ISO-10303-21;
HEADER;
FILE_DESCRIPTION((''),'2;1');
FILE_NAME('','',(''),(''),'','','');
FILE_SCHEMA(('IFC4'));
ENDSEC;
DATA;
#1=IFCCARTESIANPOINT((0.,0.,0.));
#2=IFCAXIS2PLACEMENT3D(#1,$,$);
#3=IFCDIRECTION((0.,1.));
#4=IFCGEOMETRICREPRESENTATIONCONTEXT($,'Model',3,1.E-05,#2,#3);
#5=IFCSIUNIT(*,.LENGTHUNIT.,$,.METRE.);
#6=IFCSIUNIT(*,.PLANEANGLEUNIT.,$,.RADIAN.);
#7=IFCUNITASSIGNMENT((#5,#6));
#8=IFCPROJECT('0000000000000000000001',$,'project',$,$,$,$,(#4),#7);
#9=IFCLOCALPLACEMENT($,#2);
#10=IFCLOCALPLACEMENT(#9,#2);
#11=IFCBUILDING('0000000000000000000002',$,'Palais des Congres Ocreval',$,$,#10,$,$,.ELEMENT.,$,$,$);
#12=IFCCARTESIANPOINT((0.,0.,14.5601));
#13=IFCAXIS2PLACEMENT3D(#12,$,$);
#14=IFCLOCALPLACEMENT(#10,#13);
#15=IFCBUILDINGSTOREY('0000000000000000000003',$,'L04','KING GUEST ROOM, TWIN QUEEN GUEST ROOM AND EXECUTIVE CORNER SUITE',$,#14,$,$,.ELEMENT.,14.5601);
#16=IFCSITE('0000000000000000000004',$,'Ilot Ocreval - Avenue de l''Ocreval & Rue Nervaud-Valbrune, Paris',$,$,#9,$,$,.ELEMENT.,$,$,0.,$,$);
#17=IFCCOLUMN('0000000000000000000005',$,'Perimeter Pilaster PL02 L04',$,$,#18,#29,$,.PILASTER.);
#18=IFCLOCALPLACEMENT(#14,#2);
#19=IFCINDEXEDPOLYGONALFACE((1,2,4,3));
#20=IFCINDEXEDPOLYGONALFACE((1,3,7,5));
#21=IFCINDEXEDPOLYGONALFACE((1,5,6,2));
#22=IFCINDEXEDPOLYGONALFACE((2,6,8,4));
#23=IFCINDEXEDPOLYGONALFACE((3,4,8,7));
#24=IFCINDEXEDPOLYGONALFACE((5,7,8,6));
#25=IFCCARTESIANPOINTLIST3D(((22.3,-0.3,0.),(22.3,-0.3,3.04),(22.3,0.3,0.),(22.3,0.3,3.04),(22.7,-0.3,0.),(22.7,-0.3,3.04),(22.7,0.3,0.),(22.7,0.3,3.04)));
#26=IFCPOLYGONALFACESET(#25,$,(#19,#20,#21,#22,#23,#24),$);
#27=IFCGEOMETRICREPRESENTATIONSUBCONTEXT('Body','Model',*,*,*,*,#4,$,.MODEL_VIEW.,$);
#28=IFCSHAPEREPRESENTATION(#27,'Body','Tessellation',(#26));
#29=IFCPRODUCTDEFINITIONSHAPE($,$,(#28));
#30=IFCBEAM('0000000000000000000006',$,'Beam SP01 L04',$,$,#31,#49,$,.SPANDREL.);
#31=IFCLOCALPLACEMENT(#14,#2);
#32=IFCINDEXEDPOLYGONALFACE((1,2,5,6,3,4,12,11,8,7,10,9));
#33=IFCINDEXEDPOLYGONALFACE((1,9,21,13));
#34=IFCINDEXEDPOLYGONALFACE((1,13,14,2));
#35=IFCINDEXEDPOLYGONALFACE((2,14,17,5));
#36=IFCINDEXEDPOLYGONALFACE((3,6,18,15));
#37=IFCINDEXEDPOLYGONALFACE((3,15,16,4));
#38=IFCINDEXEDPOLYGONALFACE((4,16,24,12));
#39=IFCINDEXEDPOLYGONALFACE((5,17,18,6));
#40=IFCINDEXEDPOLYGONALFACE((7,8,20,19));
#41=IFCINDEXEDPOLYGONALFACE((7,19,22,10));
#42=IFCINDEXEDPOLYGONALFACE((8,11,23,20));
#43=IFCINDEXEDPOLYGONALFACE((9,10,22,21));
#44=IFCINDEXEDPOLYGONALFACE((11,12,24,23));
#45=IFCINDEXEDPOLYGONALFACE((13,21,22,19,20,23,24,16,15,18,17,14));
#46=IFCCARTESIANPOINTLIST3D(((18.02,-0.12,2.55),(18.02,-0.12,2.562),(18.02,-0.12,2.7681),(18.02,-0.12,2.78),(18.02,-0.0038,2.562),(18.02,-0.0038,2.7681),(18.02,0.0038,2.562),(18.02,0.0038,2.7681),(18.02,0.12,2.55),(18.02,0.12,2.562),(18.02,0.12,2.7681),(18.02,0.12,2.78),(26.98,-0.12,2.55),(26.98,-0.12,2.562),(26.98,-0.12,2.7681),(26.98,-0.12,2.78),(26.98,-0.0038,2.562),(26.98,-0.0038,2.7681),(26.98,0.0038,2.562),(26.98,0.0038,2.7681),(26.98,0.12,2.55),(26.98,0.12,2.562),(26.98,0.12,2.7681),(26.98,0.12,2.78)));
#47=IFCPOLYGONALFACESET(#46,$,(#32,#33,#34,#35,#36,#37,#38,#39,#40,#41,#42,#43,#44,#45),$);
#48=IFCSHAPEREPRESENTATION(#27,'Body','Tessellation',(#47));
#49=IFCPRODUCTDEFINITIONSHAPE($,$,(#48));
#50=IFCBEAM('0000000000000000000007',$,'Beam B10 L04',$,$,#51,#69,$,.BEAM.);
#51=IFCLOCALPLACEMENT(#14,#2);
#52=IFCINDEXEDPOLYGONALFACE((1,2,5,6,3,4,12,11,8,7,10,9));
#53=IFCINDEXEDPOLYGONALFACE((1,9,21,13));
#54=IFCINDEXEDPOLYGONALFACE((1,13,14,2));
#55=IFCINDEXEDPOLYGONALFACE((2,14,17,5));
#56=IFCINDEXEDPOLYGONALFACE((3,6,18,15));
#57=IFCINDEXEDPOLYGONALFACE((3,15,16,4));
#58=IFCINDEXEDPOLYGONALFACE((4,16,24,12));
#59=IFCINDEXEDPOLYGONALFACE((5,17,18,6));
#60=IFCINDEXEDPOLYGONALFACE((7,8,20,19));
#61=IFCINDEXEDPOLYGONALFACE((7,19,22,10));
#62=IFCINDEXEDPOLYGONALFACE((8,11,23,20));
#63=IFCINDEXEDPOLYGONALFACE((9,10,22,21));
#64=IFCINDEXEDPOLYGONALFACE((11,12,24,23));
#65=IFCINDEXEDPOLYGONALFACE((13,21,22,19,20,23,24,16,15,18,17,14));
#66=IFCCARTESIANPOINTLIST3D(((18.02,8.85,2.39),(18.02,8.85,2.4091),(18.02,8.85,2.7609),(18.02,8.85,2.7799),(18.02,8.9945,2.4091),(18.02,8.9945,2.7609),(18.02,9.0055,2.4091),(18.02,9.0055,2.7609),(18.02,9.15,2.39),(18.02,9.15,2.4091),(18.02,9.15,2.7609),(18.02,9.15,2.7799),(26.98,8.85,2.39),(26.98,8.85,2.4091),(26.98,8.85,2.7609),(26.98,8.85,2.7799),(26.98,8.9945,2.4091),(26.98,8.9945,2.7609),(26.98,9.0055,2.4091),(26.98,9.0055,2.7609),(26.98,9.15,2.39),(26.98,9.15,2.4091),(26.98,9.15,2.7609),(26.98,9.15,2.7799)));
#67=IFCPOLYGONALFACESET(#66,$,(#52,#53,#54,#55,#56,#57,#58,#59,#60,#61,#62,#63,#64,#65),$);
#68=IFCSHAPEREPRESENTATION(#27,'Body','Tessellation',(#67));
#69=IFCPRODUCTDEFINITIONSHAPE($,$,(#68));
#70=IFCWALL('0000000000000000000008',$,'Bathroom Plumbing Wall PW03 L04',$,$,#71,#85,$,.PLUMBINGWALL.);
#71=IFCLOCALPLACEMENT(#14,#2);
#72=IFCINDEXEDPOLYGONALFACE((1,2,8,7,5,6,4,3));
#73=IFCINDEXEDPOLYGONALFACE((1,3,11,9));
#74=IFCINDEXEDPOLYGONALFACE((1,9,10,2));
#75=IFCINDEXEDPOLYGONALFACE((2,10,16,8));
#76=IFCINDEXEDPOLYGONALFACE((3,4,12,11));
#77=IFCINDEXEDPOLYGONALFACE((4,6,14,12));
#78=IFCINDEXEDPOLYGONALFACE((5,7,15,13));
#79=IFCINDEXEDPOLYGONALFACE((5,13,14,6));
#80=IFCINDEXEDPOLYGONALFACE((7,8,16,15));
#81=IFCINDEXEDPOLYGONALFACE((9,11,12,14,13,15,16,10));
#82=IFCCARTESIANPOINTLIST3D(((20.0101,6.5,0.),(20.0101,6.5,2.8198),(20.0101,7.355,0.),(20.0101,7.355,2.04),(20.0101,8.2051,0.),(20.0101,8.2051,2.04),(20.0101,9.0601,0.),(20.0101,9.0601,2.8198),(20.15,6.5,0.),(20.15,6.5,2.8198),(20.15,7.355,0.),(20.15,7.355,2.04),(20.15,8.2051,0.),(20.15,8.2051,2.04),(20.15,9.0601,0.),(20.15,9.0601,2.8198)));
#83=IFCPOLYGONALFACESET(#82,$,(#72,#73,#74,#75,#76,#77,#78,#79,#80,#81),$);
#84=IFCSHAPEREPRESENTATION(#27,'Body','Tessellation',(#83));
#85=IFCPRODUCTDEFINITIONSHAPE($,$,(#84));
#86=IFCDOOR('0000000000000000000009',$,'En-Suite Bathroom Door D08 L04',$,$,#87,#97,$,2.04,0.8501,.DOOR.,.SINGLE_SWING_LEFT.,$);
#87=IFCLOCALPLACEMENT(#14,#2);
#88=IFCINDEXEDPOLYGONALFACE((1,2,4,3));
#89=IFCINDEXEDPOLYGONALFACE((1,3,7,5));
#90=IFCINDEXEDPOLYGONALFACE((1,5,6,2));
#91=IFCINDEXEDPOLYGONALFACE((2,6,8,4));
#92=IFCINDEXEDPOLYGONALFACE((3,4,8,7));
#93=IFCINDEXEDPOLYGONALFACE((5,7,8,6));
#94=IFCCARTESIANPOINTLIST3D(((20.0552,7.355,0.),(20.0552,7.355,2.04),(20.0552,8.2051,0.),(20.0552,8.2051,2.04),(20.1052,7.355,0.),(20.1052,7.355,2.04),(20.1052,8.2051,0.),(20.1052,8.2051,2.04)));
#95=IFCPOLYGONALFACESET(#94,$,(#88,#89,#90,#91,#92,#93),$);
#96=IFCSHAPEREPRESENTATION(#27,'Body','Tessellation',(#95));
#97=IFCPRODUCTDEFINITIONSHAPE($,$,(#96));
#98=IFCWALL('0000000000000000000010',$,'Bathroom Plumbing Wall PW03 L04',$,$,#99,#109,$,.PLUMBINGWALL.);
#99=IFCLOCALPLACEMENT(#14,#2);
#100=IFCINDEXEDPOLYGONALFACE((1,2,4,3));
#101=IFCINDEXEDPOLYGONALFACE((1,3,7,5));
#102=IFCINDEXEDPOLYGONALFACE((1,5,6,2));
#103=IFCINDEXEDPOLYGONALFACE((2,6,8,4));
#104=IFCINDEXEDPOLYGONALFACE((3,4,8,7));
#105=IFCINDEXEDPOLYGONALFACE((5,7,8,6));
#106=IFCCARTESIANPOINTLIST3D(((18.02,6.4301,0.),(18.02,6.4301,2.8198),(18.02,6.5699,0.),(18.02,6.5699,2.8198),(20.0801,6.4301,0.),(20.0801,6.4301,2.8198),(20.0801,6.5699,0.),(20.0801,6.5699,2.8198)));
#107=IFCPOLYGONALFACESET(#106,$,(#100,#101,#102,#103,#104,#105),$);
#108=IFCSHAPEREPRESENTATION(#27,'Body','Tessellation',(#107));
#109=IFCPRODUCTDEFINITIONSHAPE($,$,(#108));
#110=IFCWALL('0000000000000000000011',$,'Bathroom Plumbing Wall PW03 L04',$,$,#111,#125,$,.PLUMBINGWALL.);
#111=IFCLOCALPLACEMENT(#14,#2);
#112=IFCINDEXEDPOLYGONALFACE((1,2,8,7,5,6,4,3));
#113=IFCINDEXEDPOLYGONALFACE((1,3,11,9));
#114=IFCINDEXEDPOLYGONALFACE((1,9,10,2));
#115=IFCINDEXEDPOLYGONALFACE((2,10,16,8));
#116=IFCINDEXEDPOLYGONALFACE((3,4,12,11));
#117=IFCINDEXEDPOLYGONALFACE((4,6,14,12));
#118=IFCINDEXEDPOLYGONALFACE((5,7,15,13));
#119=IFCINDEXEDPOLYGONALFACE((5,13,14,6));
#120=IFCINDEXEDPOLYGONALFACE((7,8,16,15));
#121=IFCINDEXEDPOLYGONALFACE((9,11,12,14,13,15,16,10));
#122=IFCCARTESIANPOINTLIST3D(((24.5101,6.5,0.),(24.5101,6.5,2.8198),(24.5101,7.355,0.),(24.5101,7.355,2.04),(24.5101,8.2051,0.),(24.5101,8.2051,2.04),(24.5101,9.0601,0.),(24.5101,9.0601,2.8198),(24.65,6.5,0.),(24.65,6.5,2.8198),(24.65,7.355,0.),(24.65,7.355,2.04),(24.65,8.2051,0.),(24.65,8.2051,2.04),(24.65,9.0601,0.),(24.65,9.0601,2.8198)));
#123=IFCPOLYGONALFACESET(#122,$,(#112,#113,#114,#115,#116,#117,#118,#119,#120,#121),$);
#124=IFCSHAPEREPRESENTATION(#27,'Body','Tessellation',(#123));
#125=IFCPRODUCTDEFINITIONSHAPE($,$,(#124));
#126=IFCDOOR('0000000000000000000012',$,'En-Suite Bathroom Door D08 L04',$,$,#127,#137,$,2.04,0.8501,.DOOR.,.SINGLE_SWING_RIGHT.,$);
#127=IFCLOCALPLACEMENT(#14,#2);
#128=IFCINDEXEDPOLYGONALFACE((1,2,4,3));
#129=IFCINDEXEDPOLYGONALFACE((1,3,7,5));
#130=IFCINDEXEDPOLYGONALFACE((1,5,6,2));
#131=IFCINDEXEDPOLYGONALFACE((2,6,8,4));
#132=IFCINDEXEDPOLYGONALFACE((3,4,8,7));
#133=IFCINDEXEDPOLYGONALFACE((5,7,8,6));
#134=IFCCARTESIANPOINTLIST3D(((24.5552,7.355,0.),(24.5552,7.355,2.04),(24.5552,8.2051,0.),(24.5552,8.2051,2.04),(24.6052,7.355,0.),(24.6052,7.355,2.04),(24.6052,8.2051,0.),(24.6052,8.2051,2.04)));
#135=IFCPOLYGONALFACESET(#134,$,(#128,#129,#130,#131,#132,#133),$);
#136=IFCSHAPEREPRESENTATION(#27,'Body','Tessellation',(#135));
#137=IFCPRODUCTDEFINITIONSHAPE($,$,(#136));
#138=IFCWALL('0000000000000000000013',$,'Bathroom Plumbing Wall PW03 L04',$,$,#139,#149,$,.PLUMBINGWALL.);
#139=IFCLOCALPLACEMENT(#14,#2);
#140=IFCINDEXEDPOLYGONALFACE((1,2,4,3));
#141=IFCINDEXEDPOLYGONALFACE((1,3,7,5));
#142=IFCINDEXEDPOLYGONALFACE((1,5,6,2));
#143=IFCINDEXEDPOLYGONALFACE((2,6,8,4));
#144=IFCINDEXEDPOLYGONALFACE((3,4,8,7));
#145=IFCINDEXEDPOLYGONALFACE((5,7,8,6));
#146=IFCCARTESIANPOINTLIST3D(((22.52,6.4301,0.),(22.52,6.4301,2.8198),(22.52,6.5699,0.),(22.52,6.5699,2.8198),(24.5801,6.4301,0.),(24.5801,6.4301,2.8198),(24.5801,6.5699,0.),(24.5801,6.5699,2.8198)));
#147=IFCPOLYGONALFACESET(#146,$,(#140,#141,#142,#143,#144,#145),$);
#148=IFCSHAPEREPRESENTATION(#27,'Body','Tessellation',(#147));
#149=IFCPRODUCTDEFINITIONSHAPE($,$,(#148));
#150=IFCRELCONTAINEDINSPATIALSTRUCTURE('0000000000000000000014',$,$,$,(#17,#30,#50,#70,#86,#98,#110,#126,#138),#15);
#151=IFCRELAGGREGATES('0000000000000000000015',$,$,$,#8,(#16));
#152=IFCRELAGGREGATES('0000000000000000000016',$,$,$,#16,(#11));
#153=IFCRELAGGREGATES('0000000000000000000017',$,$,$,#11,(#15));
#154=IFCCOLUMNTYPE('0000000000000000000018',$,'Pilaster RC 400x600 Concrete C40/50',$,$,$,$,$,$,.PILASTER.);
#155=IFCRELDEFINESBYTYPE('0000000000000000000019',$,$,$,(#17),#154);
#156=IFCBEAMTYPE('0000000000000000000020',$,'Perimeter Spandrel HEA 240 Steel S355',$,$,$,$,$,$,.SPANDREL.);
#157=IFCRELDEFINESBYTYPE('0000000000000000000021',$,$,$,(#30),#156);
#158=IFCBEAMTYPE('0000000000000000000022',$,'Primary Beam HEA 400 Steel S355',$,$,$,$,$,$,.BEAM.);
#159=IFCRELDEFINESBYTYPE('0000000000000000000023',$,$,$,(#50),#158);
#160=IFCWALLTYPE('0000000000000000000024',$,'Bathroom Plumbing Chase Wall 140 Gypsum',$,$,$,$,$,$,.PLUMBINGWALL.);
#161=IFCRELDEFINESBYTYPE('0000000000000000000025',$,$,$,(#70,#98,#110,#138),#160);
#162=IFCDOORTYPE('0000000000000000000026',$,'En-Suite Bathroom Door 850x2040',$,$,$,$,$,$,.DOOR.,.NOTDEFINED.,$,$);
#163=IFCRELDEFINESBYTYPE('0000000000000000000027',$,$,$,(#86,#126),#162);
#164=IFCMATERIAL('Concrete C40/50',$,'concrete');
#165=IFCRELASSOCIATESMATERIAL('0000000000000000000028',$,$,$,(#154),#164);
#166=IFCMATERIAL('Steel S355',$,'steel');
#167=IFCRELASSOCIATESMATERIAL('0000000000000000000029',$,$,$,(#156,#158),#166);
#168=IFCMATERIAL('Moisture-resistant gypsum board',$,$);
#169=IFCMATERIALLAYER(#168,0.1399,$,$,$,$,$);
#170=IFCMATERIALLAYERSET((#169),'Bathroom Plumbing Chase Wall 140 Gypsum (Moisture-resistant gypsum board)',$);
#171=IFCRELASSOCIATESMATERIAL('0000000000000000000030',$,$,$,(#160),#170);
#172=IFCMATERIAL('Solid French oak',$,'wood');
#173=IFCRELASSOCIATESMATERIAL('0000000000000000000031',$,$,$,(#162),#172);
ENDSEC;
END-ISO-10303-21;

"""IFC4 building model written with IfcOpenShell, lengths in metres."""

from ifc_helpers import new_model, si_unit, direction, frame, frame_2d, origin, origin_2d, place, context, subcontext, project, spatial, rectangle, i_section, extrude, material, layer, layer_set, material_profile, profile_set, type_object, element, fill, save


model = new_model("IFC4")

# Units and contexts
model_context = context("Model", 3, precision=1e-05, world=origin(), true_north=direction((0.0, 1.0)))
body_context = subcontext(model_context, "Body", "Model", "MODEL_VIEW")
ifc_project = project(units=[si_unit("LENGTHUNIT", "METRE"), si_unit("PLANEANGLEUNIT", "RADIAN")], contexts=[model_context])

# Site, building, storey
site_placement = place(None, origin())
site = spatial("IfcSite", under=ifc_project, at=site_placement, Name="Ilot Ocreval - Avenue de l'Ocreval & Rue Nervaud-Valbrune, Paris", CompositionType="ELEMENT", RefElevation=0.0)
building_placement = place(site_placement, origin())
building = spatial("IfcBuilding", under=site, at=building_placement, Name="Palais des Congres Ocreval", CompositionType="ELEMENT")
storey_placement = place(building_placement, frame((0.0, 0.0, 14.5601)))
storey = spatial("IfcBuildingStorey", under=building, at=storey_placement, Name="L04", Description="KING GUEST ROOM, TWIN QUEEN GUEST ROOM AND EXECUTIVE CORNER SUITE", CompositionType="ELEMENT", Elevation=14.5601)

# Column
ifc_material_1 = material(Name="Concrete C40/50", Category="concrete")
ifc_material_profile_1 = material_profile(ifc_material_1, rectangle(XDim=0.3999, YDim=0.6001, at=origin_2d()), Name="RC 400x600")
ifc_profile_set_1 = profile_set([ifc_material_profile_1], Name="Concrete C40/50")
column_type = type_object("IfcColumnType", Name="Pilaster RC 400x600 Concrete C40/50", PredefinedType="PILASTER", material=ifc_profile_set_1)
column_placement = place(storey_placement, frame((22.5, 0.0, 0.0), z_axis=(0.0, 0.0, 1.0), x_axis=(1.0, 0.0, 0.0)))
element("IfcColumn", 1, at=column_placement, inside=storey, type_object=column_type, Name="Perimeter Pilaster PL02 L04", PredefinedType="PILASTER", context=body_context, shape_type="SweptSolid", body=[
    extrude(rectangle(XDim=0.3999, YDim=0.6001, at=origin_2d()), origin(), (0.0, 0.0, 1.0), 3.04),
])

# Beams
ifc_material_2 = material(Name="Steel S355", Category="steel")
ifc_material_profile_2 = material_profile(ifc_material_2, i_section(OverallWidth=0.24, OverallDepth=0.23, WebThickness=0.0076, FlangeThickness=0.012, at=origin_2d()), Name="HEA 240")
ifc_profile_set_2 = profile_set([ifc_material_profile_2], Name="Steel S355")
beam_type_1 = type_object("IfcBeamType", Name="Perimeter Spandrel HEA 240 Steel S355", PredefinedType="SPANDREL", material=ifc_profile_set_2)
beam_1_placement = place(storey_placement, frame((18.02, 0.0, 2.665), z_axis=(1.0, 0.0, 0.0), x_axis=(0.0, 1.0, 0.0)))
element("IfcBeam", 2, at=beam_1_placement, inside=storey, type_object=beam_type_1, Name="Beam SP01 L04", PredefinedType="SPANDREL", context=body_context, shape_type="SweptSolid", body=[
    extrude(i_section(OverallWidth=0.24, OverallDepth=0.23, WebThickness=0.0076, FlangeThickness=0.012, at=origin_2d()), origin(), (0.0, 0.0, 1.0), 8.96),
])
ifc_material_profile_3 = material_profile(ifc_material_2, i_section(OverallWidth=0.3, OverallDepth=0.3899, WebThickness=0.011, FlangeThickness=0.019, at=origin_2d()), Name="HEA 400")
ifc_profile_set_3 = profile_set([ifc_material_profile_3], Name="Steel S355")
beam_type_2 = type_object("IfcBeamType", Name="Primary Beam HEA 400 Steel S355", PredefinedType="BEAM", material=ifc_profile_set_3)
beam_2_placement = place(storey_placement, frame((18.02, 9.0, 2.585), z_axis=(1.0, 0.0, 0.0), x_axis=(0.0, 1.0, 0.0)))
element("IfcBeam", 3, at=beam_2_placement, inside=storey, type_object=beam_type_2, Name="Beam B10 L04", PredefinedType="BEAM", context=body_context, shape_type="SweptSolid", body=[
    extrude(i_section(OverallWidth=0.3, OverallDepth=0.3899, WebThickness=0.011, FlangeThickness=0.019, at=origin_2d()), origin(), (0.0, 0.0, 1.0), 8.96),
])

# Wall, opening, door
ifc_material_3 = material(Name="Moisture-resistant gypsum board")
ifc_layer_1 = layer(ifc_material_3, 0.1399)
ifc_layer_set_1 = layer_set([ifc_layer_1], Name="Bathroom Plumbing Chase Wall 140 Gypsum (Moisture-resistant gypsum board)")
wall_type_1 = type_object("IfcWallType", Name="Bathroom Plumbing Chase Wall 140 Gypsum", PredefinedType="PLUMBINGWALL", material=ifc_layer_set_1)
wall_1_placement = place(storey_placement, frame((20.0801, 6.5, 0.0), z_axis=(0.0, 0.0, 1.0), x_axis=(0.0, 1.0, 0.0)))
wall_1 = element("IfcWall", 4, at=wall_1_placement, inside=storey, type_object=wall_type_1, Name="Bathroom Plumbing Wall PW03 L04", PredefinedType="PLUMBINGWALL", context=body_context, shape_type="SweptSolid", body=[
    extrude(rectangle(XDim=2.5601, YDim=0.1399, at=frame_2d((1.28, 0.0))), origin(), (0.0, 0.0, 1.0), 2.8198),
])
opening_1_placement = place(wall_1_placement, frame((0.855, 0.0, 0.0)))
opening_1 = element("IfcOpeningElement", 5, at=opening_1_placement, cuts=wall_1, PredefinedType="OPENING", context=body_context, shape_type="SweptSolid", body=[
    extrude(rectangle(XDim=0.8501, YDim=2.04, at=frame_2d((0.425, 1.02))), frame((0.0, 0.0798, 0.0), z_axis=(0.0, -1.0, 0.0), x_axis=(1.0, 0.0, 0.0)), (0.0, 0.0, 1.0), 0.1599),
])
ifc_material_4 = material(Name="Solid French oak", Category="wood")
door_type_1 = type_object("IfcDoorType", Name="En-Suite Bathroom Door 850x2040", OperationType="NOTDEFINED", PredefinedType="DOOR", material=ifc_material_4)
door_1_placement = place(opening_1_placement, origin())
door_1 = element("IfcDoor", 6, at=door_1_placement, inside=storey, type_object=door_type_1, Name="En-Suite Bathroom Door D08 L04", OperationType="SINGLE_SWING_LEFT", OverallHeight=2.04, OverallWidth=0.8501, PredefinedType="DOOR", context=body_context, shape_type="SweptSolid", body=[
    extrude(rectangle(XDim=0.8501, YDim=2.04, at=frame_2d((0.425, 1.02))), frame((0.0, 0.0249, 0.0), z_axis=(0.0, -1.0, 0.0), x_axis=(1.0, 0.0, 0.0)), (0.0, 0.0, 1.0), 0.05),
])
fill(opening_1, door_1)

# Wall
wall_2_placement = place(storey_placement, frame((18.02, 6.5, 0.0), z_axis=(0.0, 0.0, 1.0), x_axis=(1.0, 0.0, 0.0)))
element("IfcWall", 7, at=wall_2_placement, inside=storey, type_object=wall_type_1, Name="Bathroom Plumbing Wall PW03 L04", PredefinedType="PLUMBINGWALL", context=body_context, shape_type="SweptSolid", body=[
    extrude(rectangle(XDim=2.0601, YDim=0.1399, at=frame_2d((1.03, 0.0))), origin(), (0.0, 0.0, 1.0), 2.8198),
])

# Wall, opening, door
wall_3_placement = place(storey_placement, frame((24.5801, 6.5, 0.0), z_axis=(0.0, 0.0, 1.0), x_axis=(0.0, 1.0, 0.0)))
wall_3 = element("IfcWall", 8, at=wall_3_placement, inside=storey, type_object=wall_type_1, Name="Bathroom Plumbing Wall PW03 L04", PredefinedType="PLUMBINGWALL", context=body_context, shape_type="SweptSolid", body=[
    extrude(rectangle(XDim=2.5601, YDim=0.1399, at=frame_2d((1.28, 0.0))), origin(), (0.0, 0.0, 1.0), 2.8198),
])
opening_2_placement = place(wall_3_placement, frame((0.855, 0.0, 0.0)))
opening_2 = element("IfcOpeningElement", 9, at=opening_2_placement, cuts=wall_3, PredefinedType="OPENING", context=body_context, shape_type="SweptSolid", body=[
    extrude(rectangle(XDim=0.8501, YDim=2.04, at=frame_2d((0.425, 1.02))), frame((0.0, 0.0798, 0.0), z_axis=(0.0, -1.0, 0.0), x_axis=(1.0, 0.0, 0.0)), (0.0, 0.0, 1.0), 0.1599),
])
door_2_placement = place(opening_2_placement, origin())
door_2 = element("IfcDoor", 10, at=door_2_placement, inside=storey, type_object=door_type_1, Name="En-Suite Bathroom Door D08 L04", OperationType="SINGLE_SWING_RIGHT", OverallHeight=2.04, OverallWidth=0.8501, PredefinedType="DOOR", context=body_context, shape_type="SweptSolid", body=[
    extrude(rectangle(XDim=0.8501, YDim=2.04, at=frame_2d((0.425, 1.02))), frame((0.0, 0.0249, 0.0), z_axis=(0.0, -1.0, 0.0), x_axis=(1.0, 0.0, 0.0)), (0.0, 0.0, 1.0), 0.05),
])
fill(opening_2, door_2)

# Wall
wall_4_placement = place(storey_placement, frame((22.52, 6.5, 0.0), z_axis=(0.0, 0.0, 1.0), x_axis=(1.0, 0.0, 0.0)))
element("IfcWall", 11, at=wall_4_placement, inside=storey, type_object=wall_type_1, Name="Bathroom Plumbing Wall PW03 L04", PredefinedType="PLUMBINGWALL", context=body_context, shape_type="SweptSolid", body=[
    extrude(rectangle(XDim=2.0601, YDim=0.1399, at=frame_2d((1.03, 0.0))), origin(), (0.0, 0.0, 1.0), 2.8198),
])

save(model, "model.ifc")
